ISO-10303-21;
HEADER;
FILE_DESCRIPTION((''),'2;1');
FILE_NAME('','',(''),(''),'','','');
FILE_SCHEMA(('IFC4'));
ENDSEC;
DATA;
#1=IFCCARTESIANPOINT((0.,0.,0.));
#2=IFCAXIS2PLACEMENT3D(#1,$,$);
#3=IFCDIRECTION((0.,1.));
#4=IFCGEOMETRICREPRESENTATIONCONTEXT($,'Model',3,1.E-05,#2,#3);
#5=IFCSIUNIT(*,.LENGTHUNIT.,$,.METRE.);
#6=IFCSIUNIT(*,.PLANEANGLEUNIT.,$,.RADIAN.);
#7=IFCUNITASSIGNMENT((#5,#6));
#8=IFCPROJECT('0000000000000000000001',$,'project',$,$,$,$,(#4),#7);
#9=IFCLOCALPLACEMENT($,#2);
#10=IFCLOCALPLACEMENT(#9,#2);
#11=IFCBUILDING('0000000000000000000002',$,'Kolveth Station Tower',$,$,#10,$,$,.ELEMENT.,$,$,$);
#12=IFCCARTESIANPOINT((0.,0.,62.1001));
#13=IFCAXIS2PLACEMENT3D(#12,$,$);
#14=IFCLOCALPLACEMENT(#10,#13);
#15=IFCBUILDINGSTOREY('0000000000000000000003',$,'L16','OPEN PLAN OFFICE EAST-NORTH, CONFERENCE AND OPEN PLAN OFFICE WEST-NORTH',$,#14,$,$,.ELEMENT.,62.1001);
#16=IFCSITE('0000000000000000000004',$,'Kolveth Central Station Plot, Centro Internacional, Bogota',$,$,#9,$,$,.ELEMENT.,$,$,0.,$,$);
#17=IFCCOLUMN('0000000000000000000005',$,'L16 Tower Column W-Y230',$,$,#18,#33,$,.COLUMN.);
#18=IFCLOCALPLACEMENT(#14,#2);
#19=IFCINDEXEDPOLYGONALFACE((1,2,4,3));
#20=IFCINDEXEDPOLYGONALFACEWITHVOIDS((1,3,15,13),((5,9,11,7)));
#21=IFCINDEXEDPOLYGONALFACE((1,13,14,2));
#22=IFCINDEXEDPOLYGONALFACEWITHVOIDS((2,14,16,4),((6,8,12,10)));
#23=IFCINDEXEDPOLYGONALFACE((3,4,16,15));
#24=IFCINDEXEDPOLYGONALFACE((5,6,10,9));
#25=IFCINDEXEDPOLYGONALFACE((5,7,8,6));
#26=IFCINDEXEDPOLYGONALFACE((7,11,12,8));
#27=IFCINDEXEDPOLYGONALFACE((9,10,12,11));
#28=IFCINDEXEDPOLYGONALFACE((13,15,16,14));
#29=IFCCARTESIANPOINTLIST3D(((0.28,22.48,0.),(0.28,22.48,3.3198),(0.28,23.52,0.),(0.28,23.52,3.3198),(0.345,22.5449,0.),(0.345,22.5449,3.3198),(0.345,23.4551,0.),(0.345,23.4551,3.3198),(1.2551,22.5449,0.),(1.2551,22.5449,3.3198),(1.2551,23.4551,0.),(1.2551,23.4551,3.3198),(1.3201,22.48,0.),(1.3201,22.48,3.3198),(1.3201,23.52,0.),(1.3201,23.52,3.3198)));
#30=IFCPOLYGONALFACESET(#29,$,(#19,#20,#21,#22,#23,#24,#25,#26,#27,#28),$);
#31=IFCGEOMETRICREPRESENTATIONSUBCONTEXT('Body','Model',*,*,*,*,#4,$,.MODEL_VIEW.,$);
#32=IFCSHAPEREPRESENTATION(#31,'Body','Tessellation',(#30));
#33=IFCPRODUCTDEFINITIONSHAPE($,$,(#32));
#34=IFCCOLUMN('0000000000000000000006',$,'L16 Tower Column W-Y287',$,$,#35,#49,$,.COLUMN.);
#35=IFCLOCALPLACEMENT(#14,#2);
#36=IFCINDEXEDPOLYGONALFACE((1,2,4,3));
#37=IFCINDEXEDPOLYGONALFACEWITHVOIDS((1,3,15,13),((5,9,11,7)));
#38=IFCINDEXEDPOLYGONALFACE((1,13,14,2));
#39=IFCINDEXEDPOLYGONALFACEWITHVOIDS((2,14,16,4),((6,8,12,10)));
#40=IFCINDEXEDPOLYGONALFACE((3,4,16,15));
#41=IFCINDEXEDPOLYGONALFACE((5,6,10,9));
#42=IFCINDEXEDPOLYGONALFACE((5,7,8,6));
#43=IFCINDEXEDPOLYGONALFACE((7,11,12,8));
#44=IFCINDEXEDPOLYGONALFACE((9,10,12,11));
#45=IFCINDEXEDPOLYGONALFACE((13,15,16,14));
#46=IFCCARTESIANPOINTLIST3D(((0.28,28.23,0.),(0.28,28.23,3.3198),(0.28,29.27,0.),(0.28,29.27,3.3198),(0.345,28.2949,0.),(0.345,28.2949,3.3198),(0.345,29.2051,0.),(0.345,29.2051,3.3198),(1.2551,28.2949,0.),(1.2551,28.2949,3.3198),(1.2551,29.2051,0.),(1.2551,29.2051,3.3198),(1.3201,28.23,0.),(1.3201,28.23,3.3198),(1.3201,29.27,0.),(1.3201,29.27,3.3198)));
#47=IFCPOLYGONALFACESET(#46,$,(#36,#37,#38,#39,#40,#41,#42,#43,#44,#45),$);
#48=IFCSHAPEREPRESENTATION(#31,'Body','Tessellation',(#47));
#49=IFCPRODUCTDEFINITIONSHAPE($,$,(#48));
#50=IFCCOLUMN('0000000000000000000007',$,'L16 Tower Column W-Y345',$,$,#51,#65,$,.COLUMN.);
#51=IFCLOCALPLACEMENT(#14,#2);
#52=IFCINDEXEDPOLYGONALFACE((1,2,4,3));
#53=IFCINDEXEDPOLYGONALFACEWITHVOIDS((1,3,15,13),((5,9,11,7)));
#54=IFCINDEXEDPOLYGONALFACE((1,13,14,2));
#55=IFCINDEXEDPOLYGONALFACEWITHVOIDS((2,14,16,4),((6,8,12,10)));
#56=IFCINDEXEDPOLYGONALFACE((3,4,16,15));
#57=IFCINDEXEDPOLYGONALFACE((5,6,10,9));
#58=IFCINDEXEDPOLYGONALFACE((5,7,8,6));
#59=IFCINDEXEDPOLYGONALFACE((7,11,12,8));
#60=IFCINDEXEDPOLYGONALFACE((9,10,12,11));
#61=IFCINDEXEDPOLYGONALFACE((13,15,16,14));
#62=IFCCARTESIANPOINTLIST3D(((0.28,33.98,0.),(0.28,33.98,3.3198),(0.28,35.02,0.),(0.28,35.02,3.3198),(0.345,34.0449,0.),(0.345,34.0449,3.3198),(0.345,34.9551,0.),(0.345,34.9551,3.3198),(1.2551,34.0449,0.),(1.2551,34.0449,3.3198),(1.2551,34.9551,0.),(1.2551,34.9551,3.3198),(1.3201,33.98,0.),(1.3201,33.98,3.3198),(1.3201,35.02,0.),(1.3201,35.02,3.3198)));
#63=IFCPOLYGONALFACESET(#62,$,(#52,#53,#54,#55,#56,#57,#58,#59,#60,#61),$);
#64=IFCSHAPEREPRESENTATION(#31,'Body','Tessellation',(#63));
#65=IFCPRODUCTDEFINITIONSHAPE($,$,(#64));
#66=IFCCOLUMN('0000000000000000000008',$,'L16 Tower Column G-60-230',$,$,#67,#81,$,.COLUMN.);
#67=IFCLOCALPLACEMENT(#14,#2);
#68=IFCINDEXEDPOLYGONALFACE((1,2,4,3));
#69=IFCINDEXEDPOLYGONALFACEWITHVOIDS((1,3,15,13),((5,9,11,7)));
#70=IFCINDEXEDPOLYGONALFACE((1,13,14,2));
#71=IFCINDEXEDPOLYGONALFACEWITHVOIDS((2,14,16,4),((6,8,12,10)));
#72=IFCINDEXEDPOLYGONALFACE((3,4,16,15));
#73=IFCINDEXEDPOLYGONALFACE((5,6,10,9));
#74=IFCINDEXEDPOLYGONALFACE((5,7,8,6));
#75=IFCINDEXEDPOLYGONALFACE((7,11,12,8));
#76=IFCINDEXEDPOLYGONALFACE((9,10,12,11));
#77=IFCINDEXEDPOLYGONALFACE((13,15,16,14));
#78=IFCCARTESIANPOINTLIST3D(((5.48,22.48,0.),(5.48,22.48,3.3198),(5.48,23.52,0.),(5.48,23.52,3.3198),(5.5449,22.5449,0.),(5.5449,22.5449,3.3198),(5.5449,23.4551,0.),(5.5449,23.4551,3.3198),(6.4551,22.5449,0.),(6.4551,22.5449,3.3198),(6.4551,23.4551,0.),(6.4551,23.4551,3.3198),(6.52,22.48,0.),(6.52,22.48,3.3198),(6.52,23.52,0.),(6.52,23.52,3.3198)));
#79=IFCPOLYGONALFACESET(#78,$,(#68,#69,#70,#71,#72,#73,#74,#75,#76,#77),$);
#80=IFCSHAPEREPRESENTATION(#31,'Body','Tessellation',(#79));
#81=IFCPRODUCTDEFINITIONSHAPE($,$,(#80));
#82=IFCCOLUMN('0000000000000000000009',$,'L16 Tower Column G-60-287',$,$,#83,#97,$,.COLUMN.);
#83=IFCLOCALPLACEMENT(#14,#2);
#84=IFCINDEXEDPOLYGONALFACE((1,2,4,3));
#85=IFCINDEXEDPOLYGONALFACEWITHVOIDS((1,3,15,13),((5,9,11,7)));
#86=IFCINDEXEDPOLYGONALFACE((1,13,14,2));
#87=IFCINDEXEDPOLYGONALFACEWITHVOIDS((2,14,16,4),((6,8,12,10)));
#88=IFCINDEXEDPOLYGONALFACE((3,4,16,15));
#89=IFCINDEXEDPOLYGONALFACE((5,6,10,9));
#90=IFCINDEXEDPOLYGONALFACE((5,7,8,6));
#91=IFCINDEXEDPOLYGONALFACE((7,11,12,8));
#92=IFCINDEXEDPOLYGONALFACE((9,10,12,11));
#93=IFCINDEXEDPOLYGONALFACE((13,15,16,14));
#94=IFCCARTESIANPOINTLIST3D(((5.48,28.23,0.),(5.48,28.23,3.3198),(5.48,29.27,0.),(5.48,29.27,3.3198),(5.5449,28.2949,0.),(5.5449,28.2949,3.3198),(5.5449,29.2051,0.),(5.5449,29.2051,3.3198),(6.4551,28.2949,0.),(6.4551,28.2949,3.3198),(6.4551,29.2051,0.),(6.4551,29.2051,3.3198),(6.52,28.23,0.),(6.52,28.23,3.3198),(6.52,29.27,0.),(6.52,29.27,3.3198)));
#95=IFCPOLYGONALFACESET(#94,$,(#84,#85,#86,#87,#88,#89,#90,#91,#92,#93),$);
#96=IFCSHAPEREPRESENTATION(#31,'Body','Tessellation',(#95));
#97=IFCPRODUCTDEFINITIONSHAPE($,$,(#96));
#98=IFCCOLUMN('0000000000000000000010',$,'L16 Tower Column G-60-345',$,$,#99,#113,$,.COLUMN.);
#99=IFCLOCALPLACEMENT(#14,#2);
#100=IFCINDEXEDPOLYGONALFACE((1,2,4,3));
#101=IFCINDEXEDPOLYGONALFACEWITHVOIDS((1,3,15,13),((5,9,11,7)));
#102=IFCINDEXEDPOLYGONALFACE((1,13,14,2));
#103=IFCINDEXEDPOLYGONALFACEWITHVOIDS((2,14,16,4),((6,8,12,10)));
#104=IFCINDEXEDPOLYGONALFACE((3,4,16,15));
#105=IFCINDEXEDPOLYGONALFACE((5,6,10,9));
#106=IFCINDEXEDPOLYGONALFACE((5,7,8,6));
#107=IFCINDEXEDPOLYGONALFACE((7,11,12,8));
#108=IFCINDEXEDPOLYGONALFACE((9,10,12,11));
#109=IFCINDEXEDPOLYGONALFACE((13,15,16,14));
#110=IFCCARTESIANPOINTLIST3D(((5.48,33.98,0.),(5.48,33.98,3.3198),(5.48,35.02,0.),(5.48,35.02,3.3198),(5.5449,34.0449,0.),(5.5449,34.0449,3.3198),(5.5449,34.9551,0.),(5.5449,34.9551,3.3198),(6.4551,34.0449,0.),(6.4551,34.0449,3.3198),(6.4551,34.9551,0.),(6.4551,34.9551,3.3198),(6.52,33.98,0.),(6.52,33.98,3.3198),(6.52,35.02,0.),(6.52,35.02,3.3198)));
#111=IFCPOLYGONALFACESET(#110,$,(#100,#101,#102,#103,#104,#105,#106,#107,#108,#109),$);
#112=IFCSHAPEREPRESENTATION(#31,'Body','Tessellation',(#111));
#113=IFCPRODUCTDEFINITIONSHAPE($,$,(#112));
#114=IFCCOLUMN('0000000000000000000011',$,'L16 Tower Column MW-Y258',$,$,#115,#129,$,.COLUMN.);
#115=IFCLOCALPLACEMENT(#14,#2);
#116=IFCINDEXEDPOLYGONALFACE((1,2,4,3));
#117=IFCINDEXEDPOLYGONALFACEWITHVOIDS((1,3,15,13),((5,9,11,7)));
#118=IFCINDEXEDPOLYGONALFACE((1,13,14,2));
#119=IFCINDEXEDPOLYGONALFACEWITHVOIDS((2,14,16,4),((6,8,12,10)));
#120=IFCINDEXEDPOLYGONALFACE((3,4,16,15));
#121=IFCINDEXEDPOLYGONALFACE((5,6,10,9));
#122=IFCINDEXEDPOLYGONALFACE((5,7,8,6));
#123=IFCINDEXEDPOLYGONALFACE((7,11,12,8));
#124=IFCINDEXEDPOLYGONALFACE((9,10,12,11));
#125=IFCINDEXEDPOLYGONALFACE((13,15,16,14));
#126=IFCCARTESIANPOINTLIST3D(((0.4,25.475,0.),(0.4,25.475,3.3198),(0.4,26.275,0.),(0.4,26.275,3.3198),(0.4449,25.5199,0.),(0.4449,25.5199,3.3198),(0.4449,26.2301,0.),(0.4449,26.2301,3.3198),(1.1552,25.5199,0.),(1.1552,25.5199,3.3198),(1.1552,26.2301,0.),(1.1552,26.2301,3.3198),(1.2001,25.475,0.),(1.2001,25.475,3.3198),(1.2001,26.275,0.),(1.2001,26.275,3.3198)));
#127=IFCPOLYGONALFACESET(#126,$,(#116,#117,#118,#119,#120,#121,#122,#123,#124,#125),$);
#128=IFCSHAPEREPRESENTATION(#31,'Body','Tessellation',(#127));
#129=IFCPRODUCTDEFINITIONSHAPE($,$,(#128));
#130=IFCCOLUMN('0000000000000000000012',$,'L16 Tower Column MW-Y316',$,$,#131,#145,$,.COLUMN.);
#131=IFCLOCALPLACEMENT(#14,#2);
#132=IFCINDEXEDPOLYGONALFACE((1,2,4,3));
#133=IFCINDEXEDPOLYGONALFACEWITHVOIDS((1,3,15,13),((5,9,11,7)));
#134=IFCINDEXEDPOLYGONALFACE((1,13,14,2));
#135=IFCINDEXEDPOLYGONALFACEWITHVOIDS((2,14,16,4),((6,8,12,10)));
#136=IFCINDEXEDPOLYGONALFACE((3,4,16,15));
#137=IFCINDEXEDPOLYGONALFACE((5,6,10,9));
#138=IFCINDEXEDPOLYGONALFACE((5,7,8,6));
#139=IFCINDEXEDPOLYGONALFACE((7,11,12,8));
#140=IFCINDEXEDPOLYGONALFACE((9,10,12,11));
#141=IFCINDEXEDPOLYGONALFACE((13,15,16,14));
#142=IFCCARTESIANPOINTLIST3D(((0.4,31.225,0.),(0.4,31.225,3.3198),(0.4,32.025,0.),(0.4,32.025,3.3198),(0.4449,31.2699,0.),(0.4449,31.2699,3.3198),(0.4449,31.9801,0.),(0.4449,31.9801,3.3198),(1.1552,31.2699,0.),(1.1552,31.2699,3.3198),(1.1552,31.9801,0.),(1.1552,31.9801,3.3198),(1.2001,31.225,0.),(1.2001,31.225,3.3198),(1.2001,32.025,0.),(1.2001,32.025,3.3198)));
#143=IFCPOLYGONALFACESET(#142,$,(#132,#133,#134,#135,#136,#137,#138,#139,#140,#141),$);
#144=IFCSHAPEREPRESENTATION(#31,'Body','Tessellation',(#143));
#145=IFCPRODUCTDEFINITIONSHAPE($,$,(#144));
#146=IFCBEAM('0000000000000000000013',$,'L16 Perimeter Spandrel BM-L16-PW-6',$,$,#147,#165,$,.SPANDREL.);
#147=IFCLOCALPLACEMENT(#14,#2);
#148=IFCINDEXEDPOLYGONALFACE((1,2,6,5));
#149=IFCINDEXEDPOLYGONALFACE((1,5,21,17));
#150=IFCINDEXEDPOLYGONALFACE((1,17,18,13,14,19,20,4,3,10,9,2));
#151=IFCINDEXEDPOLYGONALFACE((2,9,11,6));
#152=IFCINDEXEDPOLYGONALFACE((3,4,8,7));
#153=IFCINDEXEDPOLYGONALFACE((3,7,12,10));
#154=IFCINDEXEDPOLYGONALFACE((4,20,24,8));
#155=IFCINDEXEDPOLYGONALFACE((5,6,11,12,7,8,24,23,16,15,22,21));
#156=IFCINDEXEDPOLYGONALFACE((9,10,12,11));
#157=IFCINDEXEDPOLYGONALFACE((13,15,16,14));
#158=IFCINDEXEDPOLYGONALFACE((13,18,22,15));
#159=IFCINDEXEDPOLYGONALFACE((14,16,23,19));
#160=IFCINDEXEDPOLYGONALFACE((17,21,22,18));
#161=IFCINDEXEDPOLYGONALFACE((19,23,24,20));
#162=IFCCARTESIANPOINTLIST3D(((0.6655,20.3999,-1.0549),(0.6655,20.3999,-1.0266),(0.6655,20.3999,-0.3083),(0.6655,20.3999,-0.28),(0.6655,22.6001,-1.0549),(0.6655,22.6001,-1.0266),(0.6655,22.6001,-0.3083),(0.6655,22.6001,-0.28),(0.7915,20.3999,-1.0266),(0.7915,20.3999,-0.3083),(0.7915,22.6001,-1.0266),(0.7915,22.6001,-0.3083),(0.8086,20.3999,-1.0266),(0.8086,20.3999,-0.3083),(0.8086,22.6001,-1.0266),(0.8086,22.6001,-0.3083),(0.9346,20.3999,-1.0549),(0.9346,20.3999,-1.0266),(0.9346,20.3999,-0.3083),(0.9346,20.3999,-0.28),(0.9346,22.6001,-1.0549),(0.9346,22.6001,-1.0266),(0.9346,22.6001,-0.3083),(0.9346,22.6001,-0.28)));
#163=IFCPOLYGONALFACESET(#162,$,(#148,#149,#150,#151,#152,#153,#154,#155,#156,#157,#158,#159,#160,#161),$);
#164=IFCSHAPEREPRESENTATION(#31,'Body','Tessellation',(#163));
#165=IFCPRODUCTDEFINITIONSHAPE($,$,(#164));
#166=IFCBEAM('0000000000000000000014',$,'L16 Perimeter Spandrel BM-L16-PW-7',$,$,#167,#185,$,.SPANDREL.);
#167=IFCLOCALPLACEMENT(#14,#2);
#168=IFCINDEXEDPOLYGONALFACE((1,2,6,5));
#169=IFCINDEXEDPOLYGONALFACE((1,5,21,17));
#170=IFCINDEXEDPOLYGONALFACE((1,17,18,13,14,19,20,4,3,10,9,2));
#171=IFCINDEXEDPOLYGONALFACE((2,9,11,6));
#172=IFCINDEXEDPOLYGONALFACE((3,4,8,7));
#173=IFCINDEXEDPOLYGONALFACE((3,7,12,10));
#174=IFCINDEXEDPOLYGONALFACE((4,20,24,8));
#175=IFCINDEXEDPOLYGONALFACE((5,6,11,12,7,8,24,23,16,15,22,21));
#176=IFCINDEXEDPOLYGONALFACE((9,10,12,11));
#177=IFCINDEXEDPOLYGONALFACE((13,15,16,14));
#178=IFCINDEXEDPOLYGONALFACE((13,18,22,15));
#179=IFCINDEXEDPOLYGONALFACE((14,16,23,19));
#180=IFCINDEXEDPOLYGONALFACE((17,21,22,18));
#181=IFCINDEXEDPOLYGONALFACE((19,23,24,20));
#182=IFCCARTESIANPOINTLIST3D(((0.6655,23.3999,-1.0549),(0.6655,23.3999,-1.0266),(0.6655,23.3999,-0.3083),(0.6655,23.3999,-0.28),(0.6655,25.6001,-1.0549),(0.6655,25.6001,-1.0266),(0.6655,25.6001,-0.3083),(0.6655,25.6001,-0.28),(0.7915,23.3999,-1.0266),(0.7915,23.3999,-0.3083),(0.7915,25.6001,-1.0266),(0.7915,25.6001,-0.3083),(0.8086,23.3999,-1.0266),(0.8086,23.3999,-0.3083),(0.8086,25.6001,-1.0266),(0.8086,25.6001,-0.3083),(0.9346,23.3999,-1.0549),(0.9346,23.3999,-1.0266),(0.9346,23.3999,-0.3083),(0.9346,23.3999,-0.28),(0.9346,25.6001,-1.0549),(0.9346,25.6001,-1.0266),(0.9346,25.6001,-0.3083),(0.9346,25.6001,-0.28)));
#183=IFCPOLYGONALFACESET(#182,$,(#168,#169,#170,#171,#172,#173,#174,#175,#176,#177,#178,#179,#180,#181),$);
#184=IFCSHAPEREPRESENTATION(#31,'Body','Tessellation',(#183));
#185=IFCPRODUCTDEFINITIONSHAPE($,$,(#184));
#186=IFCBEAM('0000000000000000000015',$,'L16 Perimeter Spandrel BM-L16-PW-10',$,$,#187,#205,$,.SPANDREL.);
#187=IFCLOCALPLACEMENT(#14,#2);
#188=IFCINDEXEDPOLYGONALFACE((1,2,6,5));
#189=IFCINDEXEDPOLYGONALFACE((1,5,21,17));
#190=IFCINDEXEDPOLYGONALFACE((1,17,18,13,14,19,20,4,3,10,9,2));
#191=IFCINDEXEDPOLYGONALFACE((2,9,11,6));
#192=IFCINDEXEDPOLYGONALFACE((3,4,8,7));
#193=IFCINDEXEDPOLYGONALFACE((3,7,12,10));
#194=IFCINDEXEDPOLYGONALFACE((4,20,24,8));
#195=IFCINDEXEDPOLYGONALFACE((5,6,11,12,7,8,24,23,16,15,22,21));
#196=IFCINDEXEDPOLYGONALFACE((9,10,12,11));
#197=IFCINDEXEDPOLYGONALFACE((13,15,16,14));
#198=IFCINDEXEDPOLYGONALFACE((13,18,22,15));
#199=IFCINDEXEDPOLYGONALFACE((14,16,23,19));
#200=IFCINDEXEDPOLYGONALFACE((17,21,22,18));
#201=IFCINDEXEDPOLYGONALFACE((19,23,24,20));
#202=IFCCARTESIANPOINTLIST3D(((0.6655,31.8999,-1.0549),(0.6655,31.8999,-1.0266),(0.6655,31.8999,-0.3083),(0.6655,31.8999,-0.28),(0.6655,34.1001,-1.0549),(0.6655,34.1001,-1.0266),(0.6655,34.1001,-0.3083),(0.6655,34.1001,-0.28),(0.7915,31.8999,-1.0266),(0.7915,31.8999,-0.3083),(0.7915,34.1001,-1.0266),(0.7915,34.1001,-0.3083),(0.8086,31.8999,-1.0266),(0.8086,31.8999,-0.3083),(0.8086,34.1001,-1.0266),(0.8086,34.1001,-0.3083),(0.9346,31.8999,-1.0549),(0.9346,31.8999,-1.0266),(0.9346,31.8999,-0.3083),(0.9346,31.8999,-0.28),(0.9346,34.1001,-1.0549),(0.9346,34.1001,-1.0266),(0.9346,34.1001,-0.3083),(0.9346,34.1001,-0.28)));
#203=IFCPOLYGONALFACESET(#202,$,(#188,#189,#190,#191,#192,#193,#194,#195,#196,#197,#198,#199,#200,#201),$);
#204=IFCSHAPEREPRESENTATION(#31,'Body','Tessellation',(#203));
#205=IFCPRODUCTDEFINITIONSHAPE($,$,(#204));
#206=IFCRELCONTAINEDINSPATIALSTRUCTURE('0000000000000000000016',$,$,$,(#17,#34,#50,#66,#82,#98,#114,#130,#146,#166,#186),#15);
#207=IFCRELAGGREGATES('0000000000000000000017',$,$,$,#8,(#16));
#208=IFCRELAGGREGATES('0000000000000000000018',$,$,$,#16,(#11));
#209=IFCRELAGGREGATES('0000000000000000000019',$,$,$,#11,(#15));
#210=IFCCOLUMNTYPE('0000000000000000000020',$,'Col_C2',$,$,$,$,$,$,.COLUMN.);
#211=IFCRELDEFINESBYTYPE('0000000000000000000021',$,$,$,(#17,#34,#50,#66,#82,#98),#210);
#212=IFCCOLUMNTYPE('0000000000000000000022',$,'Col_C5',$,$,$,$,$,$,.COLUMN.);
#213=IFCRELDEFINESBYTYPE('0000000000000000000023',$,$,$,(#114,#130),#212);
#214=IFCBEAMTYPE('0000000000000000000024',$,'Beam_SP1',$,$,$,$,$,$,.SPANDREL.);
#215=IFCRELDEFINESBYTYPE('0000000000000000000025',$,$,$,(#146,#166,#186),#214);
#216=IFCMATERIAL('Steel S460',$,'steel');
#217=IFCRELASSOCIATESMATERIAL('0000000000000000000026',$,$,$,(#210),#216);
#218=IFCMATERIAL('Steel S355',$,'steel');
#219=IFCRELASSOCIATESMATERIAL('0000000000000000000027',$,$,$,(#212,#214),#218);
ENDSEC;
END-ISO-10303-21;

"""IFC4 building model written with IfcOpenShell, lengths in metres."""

from ifc_helpers import new_model, si_unit, direction, frame, origin, origin_2d, place, context, subcontext, project, spatial, hollow_rectangle, i_section, extrude, source, transform, mapped, material, material_profile, profile_set, type_object, element, save


model = new_model("IFC4")

# Units and contexts
model_context = context("Model", 3, precision=1e-05, world=origin(), true_north=direction((0.0, 1.0)))
body_context = subcontext(model_context, "Body", "Model", "MODEL_VIEW")
ifc_project = project(units=[si_unit("LENGTHUNIT", "METRE"), si_unit("PLANEANGLEUNIT", "RADIAN")], contexts=[model_context])

# Site, building, storey
site_placement = place(None, origin())
site = spatial("IfcSite", under=ifc_project, at=site_placement, Name="Kolveth Central Station Plot, Centro Internacional, Bogota", CompositionType="ELEMENT", RefElevation=0.0)
building_placement = place(site_placement, origin())
building = spatial("IfcBuilding", under=site, at=building_placement, Name="Kolveth Station Tower", CompositionType="ELEMENT")
storey_placement = place(building_placement, frame((0.0, 0.0, 62.1001)))
storey = spatial("IfcBuildingStorey", under=building, at=storey_placement, Name="L16", Description="OPEN PLAN OFFICE EAST-NORTH, CONFERENCE AND OPEN PLAN OFFICE WEST-NORTH", CompositionType="ELEMENT", Elevation=62.1001)

# Columns
ifc_material_1 = material(Name="Steel S460", Category="steel")
ifc_material_profile_1 = material_profile(ifc_material_1, hollow_rectangle(XDim=1.04, YDim=1.04, WallThickness=0.0649, at=origin_2d()), Name="BOX1040x1040x65")
ifc_profile_set_1 = profile_set([ifc_material_profile_1], Name="Steel S460")
column_type_1 = type_object("IfcColumnType", Name="Col_C2", PredefinedType="COLUMN", material=ifc_profile_set_1)
shared_shape_1 = source(origin(), body_context, "Body", "SweptSolid", [
    extrude(hollow_rectangle(XDim=1.04, YDim=1.04, WallThickness=0.0649, at=origin_2d()), origin(), (0.0, 0.0, 1.0), 3.3198),
])
for number, where, z_axis, x_axis, name in (
    (1, (0.8, 23.0, 0.0), (0.0, 0.0, 1.0), (1.0, 0.0, 0.0), "L16 Tower Column W-Y230"),
    (2, (0.8, 28.75, 0.0), (0.0, 0.0, 1.0), (1.0, 0.0, 0.0), "L16 Tower Column W-Y287"),
    (3, (0.8, 34.5, 0.0), (0.0, 0.0, 1.0), (1.0, 0.0, 0.0), "L16 Tower Column W-Y345"),
    (4, (6.0, 23.0, 0.0), (0.0, 0.0, 1.0), (1.0, 0.0, 0.0), "L16 Tower Column G-60-230"),
    (5, (6.0, 28.75, 0.0), (0.0, 0.0, 1.0), (1.0, 0.0, 0.0), "L16 Tower Column G-60-287"),
    (6, (6.0, 34.5, 0.0), (0.0, 0.0, 1.0), (1.0, 0.0, 0.0), "L16 Tower Column G-60-345"),
):
    element("IfcColumn", number, at=place(storey_placement, frame(where, z_axis=z_axis, x_axis=x_axis)), inside=storey, type_object=column_type_1, Name=name, PredefinedType="COLUMN", context=body_context, shape_type="MappedRepresentation", body=[
        mapped(shared_shape_1, transform((0.0, 0.0, 0.0), x_axis=(1.0, 0.0, 0.0), y_axis=(0.0, 1.0, 0.0), z_axis=(0.0, 0.0, 1.0), scale=1.0)),
    ])
ifc_material_2 = material(Name="Steel S355", Category="steel")
ifc_material_profile_2 = material_profile(ifc_material_2, hollow_rectangle(XDim=0.8, YDim=0.8, WallThickness=0.0449, at=origin_2d()), Name="BOX800x800x45")
ifc_profile_set_2 = profile_set([ifc_material_profile_2], Name="Steel S355")
column_type_2 = type_object("IfcColumnType", Name="Col_C5", PredefinedType="COLUMN", material=ifc_profile_set_2)
shared_shape_2 = source(origin(), body_context, "Body", "SweptSolid", [
    extrude(hollow_rectangle(XDim=0.8, YDim=0.8, WallThickness=0.0449, at=origin_2d()), origin(), (0.0, 0.0, 1.0), 3.3198),
])
for number, where, z_axis, x_axis, name in (
    (7, (0.8, 25.875, 0.0), (0.0, 0.0, 1.0), (1.0, 0.0, 0.0), "L16 Tower Column MW-Y258"),
    (8, (0.8, 31.625, 0.0), (0.0, 0.0, 1.0), (1.0, 0.0, 0.0), "L16 Tower Column MW-Y316"),
):
    element("IfcColumn", number, at=place(storey_placement, frame(where, z_axis=z_axis, x_axis=x_axis)), inside=storey, type_object=column_type_2, Name=name, PredefinedType="COLUMN", context=body_context, shape_type="MappedRepresentation", body=[
        mapped(shared_shape_2, transform((0.0, 0.0, 0.0), x_axis=(1.0, 0.0, 0.0), y_axis=(0.0, 1.0, 0.0), z_axis=(0.0, 0.0, 1.0), scale=1.0)),
    ])

# Beams
ifc_material_profile_3 = material_profile(ifc_material_2, i_section(OverallWidth=0.269, OverallDepth=0.7749, WebThickness=0.0171, FlangeThickness=0.0283, at=origin_2d()), Name="W760x220")
ifc_profile_set_3 = profile_set([ifc_material_profile_3], Name="Steel S355")
beam_type_1 = type_object("IfcBeamType", Name="Beam_SP1", PredefinedType="SPANDREL", material=ifc_profile_set_3)
shared_shape_3 = source(origin(), body_context, "Body", "SweptSolid", [
    extrude(i_section(OverallWidth=0.269, OverallDepth=0.7749, WebThickness=0.0171, FlangeThickness=0.0283, at=origin_2d()), origin(), (0.0, 0.0, 1.0), 2.2002),
])
for number, where, z_axis, x_axis, name in (
    (9, (0.8, 20.3999, -0.6675), (0.0, 1.0, 0.0), (-1.0, 0.0, 0.0), "L16 Perimeter Spandrel BM-L16-PW-6"),
    (10, (0.8, 23.3999, -0.6675), (0.0, 1.0, 0.0), (-1.0, 0.0, 0.0), "L16 Perimeter Spandrel BM-L16-PW-7"),
    (11, (0.8, 31.8999, -0.6675), (0.0, 1.0, 0.0), (-1.0, 0.0, 0.0), "L16 Perimeter Spandrel BM-L16-PW-10"),
):
    element("IfcBeam", number, at=place(storey_placement, frame(where, z_axis=z_axis, x_axis=x_axis)), inside=storey, type_object=beam_type_1, Name=name, PredefinedType="SPANDREL", context=body_context, shape_type="MappedRepresentation", body=[
        mapped(shared_shape_3, transform((0.0, 0.0, 0.0), x_axis=(1.0, 0.0, 0.0), y_axis=(0.0, 1.0, 0.0), z_axis=(0.0, 0.0, 1.0), scale=1.0)),
    ])

save(model, "model.ifc")
